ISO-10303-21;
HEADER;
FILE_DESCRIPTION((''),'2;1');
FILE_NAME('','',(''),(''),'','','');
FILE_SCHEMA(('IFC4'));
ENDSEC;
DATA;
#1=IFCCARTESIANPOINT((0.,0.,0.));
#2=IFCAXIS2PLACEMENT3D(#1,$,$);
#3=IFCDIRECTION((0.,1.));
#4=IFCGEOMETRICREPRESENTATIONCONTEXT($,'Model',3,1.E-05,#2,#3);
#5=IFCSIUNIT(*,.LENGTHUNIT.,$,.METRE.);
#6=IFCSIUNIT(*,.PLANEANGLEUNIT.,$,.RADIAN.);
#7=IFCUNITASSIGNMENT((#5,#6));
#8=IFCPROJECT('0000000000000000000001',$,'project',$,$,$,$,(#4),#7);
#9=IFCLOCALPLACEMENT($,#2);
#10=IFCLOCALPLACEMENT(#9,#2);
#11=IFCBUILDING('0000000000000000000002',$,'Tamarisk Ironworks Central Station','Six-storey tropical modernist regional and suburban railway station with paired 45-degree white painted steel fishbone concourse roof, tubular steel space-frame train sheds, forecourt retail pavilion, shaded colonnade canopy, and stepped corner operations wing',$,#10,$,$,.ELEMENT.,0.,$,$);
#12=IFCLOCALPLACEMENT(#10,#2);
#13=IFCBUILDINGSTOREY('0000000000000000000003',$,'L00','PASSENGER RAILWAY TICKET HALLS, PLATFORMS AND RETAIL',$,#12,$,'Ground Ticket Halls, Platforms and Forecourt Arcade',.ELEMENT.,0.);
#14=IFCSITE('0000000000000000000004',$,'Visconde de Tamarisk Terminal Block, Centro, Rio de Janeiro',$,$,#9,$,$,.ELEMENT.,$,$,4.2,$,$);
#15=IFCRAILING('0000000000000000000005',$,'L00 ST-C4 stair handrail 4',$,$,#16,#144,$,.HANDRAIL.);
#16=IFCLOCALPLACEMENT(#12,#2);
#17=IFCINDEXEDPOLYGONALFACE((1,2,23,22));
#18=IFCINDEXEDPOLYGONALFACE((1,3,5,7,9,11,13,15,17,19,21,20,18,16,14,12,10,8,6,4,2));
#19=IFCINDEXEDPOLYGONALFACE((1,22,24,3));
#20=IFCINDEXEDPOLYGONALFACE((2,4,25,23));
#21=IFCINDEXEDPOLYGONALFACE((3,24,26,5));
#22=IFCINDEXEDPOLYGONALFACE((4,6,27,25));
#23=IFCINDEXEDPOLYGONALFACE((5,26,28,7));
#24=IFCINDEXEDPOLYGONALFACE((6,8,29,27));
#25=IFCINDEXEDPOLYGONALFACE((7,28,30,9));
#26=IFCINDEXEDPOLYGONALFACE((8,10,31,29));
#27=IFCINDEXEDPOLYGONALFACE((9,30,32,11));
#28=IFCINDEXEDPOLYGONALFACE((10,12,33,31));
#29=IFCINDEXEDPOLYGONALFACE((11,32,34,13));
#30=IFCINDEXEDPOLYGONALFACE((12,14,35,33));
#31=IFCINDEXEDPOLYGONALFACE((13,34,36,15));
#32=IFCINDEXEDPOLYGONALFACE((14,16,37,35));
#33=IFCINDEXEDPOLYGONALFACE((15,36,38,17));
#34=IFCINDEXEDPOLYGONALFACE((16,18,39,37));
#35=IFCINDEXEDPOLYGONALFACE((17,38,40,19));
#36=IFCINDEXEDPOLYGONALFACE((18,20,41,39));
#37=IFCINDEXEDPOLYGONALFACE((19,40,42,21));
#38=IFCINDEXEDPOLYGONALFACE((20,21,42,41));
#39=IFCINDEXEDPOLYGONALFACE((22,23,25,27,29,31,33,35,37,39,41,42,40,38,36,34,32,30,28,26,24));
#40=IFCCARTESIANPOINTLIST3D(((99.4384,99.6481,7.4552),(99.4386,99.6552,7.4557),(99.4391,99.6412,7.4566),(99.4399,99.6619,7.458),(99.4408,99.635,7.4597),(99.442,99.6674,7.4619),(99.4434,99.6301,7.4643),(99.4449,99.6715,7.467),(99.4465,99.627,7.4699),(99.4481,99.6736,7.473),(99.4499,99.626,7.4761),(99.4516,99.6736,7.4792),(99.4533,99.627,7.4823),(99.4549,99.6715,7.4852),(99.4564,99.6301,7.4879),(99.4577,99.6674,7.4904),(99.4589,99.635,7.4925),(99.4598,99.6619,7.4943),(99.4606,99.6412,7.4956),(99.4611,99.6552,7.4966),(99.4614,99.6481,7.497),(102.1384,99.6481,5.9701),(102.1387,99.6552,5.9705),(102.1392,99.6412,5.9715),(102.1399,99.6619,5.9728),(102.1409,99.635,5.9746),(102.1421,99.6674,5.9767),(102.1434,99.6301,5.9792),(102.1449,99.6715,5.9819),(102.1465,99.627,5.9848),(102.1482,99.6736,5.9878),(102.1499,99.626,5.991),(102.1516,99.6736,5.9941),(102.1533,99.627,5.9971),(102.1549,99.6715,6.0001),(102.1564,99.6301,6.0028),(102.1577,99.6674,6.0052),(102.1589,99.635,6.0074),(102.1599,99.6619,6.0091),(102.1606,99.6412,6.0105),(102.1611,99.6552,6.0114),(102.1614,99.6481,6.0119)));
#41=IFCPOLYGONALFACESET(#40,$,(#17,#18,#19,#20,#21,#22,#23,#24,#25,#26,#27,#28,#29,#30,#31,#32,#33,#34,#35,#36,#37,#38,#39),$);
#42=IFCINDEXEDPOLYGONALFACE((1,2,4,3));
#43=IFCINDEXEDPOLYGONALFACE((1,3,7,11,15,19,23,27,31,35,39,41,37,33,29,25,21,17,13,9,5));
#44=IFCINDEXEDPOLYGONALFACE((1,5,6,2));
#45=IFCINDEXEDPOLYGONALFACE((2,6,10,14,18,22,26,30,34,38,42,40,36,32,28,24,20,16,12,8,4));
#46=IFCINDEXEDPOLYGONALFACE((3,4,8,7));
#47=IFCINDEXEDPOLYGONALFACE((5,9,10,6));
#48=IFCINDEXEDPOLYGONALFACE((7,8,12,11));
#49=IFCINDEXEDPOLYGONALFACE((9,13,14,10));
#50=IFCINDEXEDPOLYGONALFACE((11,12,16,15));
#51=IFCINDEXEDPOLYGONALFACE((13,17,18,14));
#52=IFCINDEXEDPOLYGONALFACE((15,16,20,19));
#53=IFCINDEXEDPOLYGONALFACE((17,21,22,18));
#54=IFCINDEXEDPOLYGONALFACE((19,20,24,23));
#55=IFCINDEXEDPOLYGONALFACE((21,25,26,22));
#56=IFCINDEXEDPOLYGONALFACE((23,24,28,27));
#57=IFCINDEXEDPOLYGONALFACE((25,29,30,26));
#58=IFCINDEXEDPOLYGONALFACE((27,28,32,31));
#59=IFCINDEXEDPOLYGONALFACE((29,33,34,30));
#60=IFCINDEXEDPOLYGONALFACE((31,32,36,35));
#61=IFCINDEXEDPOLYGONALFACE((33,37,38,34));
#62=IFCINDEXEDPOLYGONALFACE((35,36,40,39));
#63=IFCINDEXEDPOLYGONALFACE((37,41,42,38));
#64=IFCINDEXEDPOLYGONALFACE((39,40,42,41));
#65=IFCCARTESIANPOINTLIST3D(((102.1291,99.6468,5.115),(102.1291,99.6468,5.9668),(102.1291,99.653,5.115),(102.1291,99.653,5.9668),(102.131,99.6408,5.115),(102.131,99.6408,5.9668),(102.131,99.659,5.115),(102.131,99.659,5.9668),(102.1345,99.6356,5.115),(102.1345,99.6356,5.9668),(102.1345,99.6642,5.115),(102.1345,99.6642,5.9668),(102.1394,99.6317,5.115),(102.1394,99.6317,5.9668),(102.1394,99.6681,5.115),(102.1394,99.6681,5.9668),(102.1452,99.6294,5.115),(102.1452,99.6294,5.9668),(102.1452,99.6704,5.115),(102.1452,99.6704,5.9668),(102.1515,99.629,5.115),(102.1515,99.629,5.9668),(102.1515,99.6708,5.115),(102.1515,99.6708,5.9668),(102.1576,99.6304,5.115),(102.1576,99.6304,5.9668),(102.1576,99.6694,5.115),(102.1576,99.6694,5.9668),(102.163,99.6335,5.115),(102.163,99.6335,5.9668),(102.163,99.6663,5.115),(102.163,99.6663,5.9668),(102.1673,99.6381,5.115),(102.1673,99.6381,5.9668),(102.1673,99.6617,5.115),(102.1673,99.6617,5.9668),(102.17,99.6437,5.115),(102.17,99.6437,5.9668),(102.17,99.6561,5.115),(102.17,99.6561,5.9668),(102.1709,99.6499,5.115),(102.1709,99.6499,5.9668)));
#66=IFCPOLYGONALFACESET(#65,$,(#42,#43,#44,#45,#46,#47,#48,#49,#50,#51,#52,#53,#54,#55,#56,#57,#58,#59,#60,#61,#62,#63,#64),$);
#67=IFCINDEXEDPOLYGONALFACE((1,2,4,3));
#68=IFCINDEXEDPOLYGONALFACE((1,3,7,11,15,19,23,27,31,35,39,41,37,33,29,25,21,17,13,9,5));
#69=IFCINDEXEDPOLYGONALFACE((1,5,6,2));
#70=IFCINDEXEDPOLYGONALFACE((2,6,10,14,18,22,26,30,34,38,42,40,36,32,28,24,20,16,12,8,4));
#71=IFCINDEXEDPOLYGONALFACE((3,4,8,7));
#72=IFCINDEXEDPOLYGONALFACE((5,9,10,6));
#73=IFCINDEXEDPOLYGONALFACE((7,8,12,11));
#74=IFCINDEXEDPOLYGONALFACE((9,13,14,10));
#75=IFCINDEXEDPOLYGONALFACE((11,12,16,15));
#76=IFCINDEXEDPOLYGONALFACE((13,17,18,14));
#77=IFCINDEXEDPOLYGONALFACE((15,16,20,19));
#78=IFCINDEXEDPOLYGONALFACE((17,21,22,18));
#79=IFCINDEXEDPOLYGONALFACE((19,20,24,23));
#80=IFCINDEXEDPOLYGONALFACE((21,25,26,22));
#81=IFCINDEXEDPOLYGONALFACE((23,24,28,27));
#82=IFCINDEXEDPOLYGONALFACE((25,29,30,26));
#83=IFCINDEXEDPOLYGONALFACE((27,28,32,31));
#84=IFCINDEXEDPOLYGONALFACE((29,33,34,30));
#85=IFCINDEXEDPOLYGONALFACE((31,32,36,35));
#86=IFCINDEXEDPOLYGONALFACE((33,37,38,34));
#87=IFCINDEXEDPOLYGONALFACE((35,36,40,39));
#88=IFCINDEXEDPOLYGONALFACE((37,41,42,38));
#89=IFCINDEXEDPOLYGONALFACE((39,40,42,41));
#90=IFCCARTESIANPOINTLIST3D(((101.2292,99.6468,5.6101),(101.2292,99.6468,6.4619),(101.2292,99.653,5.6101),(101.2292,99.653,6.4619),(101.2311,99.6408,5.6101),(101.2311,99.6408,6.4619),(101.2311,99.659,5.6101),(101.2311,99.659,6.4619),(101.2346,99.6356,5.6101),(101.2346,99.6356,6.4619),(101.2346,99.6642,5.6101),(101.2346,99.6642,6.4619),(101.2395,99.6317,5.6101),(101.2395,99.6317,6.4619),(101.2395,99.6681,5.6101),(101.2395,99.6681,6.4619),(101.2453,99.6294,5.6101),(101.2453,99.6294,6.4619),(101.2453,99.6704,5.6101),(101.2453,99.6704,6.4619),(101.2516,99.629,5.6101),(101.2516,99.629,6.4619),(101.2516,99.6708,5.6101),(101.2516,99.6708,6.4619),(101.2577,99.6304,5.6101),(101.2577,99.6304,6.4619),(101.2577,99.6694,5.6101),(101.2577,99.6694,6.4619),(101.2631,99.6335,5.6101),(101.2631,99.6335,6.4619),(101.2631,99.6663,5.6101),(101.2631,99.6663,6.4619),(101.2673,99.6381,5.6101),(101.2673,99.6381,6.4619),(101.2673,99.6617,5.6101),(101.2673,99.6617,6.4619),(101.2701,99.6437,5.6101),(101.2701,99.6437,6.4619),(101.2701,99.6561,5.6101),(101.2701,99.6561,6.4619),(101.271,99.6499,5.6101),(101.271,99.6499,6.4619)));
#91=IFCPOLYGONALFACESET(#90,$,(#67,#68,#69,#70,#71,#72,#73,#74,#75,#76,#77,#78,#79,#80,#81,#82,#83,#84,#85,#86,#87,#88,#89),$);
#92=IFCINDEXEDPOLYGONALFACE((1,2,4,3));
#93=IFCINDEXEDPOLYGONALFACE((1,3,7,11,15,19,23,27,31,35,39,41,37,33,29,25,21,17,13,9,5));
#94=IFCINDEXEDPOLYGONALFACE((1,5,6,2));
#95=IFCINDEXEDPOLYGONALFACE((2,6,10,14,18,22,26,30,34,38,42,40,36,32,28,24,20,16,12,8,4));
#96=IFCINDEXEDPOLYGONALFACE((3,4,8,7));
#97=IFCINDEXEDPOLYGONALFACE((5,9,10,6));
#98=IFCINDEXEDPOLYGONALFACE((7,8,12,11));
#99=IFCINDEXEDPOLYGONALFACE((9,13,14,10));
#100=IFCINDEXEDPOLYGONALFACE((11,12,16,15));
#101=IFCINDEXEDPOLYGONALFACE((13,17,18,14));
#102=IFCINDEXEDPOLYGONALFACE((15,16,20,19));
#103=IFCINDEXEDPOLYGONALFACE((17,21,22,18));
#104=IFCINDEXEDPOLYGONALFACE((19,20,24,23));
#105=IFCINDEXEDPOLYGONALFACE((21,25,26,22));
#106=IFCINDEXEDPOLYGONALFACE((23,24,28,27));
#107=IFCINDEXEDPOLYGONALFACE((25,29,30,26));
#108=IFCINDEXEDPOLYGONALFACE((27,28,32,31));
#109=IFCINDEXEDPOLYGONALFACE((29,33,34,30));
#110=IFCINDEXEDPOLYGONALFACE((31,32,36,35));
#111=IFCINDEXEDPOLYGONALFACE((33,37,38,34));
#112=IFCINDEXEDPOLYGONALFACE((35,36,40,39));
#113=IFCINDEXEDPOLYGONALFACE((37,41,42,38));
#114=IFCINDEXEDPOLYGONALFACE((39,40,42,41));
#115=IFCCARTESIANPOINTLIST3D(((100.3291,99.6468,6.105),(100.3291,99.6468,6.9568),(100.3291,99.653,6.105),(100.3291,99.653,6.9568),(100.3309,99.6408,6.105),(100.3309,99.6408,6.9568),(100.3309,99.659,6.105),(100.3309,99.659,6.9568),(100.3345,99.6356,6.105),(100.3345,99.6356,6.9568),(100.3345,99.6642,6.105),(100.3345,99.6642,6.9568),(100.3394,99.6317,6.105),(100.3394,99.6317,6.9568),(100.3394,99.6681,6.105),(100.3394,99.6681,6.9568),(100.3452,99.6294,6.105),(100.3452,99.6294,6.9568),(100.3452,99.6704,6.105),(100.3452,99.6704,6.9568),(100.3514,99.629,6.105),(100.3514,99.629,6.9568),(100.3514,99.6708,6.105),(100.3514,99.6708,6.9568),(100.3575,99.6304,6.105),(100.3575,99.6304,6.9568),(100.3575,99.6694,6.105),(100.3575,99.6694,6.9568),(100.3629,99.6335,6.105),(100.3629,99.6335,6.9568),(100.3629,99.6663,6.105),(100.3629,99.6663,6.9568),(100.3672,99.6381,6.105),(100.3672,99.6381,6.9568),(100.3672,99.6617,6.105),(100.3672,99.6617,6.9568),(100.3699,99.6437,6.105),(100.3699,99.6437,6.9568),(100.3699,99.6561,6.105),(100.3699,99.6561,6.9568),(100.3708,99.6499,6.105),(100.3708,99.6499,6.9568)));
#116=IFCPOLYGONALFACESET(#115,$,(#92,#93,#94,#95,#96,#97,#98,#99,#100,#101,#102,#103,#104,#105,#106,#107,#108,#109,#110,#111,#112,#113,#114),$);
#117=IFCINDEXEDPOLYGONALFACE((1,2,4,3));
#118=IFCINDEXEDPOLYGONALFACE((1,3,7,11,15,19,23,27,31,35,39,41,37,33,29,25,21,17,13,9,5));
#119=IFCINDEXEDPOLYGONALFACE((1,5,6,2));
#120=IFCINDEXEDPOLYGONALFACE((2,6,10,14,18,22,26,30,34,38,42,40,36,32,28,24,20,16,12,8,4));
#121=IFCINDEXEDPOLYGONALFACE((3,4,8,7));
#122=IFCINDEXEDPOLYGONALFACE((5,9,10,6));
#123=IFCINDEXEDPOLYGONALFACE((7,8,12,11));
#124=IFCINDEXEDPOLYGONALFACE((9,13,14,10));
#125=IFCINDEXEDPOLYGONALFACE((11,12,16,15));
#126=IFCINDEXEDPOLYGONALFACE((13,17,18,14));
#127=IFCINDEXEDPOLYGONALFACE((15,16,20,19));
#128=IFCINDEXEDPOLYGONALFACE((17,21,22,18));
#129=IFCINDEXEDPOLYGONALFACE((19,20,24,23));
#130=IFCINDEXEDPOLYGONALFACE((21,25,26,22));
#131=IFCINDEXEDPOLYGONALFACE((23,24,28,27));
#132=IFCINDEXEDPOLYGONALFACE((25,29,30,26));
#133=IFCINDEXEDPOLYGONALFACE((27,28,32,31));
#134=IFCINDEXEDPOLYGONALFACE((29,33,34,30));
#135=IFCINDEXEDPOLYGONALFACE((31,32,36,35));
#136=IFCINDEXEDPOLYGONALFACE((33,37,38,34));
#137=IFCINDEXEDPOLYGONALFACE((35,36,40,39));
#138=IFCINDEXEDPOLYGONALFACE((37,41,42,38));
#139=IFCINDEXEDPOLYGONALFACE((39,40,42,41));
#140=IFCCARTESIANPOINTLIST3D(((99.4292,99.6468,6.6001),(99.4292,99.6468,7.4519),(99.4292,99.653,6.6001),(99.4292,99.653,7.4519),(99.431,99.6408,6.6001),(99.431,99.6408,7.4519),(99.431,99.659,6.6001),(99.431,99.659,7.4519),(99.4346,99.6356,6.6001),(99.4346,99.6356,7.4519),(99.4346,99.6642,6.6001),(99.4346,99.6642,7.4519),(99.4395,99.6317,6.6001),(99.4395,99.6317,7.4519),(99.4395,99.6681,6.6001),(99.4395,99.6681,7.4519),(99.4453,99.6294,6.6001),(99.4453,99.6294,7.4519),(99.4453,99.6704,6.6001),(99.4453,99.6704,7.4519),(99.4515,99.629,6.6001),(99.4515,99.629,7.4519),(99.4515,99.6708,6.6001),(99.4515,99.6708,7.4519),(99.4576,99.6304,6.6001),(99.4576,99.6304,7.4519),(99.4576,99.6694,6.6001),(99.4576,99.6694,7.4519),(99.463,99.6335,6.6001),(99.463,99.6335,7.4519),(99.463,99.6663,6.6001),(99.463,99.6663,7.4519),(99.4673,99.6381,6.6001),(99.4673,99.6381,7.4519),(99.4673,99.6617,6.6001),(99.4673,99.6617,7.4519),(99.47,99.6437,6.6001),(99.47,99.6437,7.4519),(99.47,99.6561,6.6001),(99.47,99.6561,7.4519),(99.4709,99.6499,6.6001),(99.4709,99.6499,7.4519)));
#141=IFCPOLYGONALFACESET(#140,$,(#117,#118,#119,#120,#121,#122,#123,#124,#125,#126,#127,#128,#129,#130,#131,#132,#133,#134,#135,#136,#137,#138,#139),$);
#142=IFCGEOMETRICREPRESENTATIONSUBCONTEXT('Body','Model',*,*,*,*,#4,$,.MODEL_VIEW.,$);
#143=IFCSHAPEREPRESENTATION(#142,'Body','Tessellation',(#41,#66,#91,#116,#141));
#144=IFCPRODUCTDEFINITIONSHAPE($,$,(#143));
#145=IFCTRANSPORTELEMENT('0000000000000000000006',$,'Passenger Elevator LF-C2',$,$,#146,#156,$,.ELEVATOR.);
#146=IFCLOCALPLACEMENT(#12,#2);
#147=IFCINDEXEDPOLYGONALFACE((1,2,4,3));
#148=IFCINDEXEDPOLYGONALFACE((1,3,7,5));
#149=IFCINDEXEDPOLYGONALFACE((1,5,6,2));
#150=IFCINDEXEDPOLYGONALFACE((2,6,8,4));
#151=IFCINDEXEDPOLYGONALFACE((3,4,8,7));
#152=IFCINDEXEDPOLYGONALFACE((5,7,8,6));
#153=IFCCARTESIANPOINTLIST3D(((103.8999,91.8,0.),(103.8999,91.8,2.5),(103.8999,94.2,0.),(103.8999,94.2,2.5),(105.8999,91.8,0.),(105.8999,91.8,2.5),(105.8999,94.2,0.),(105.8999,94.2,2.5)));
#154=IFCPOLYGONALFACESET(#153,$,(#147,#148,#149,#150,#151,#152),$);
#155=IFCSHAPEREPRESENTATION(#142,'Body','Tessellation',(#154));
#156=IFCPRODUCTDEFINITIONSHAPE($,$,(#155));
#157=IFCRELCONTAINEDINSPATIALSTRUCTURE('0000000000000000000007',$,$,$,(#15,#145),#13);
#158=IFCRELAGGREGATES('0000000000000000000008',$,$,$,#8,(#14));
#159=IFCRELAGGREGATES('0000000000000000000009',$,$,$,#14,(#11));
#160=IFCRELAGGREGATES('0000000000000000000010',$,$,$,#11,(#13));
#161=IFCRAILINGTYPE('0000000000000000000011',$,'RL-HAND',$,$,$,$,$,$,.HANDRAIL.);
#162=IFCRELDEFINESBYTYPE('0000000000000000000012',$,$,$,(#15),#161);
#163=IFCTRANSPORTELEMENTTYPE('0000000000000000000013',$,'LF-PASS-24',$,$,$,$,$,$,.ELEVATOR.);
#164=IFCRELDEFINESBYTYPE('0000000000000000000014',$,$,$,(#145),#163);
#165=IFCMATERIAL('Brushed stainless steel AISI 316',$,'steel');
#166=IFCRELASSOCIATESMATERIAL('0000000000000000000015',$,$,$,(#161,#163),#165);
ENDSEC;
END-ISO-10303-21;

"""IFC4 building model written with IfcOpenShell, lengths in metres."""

from ifc_helpers import new_model, si_unit, direction, frame, origin, origin_2d, place, context, subcontext, project, spatial, rectangle, circle, extrude, material, type_object, element, save


model = new_model("IFC4")

# Units and contexts
model_context = context("Model", 3, precision=1e-05, world=origin(), true_north=direction((0.0, 1.0)))
body_context = subcontext(model_context, "Body", "Model", "MODEL_VIEW")
ifc_project = project(units=[si_unit("LENGTHUNIT", "METRE"), si_unit("PLANEANGLEUNIT", "RADIAN")], contexts=[model_context])

# Site, building, storey
site_placement = place(None, origin())
site = spatial("IfcSite", under=ifc_project, at=site_placement, Name="Visconde de Tamarisk Terminal Block, Centro, Rio de Janeiro", CompositionType="ELEMENT", RefElevation=4.2)
building_placement = place(site_placement, origin())
building = spatial("IfcBuilding", under=site, at=building_placement, Name="Tamarisk Ironworks Central Station", Description="Six-storey tropical modernist regional and suburban railway station with paired 45-degree white painted steel fishbone concourse roof, tubular steel space-frame train sheds, forecourt retail pavilion, shaded colonnade canopy, and stepped corner operations wing", CompositionType="ELEMENT", ElevationOfRefHeight=0.0)
storey_placement = place(building_placement, origin())
storey = spatial("IfcBuildingStorey", under=building, at=storey_placement, Name="L00", Description="PASSENGER RAILWAY TICKET HALLS, PLATFORMS AND RETAIL", LongName="Ground Ticket Halls, Platforms and Forecourt Arcade", CompositionType="ELEMENT", Elevation=0.0)

# Shared definitions
ifc_material_1 = material(Name="Brushed stainless steel AISI 316", Category="steel")

# Railing
railing_type_1 = type_object("IfcRailingType", Name="RL-HAND", PredefinedType="HANDRAIL", material=ifc_material_1)
for number, where, name in (
    (1, (102.1499, 99.6499, 5.115), "L00 ST-C4 stair handrail 4"),
):
    element("IfcRailing", number, at=place(storey_placement, frame(where)), inside=storey, type_object=railing_type_1, Name=name, PredefinedType="HANDRAIL", context=body_context, shape_type="SweptSolid", body=[
        extrude(circle(Radius=0.0239, at=origin_2d()), frame((0.0, 0.0, 0.876), z_axis=(-0.876198, 0.0, 0.481952), x_axis=(0.0, -1.0, 0.0)), (0.0, 0.0, 1.0), 3.0815),
        extrude(circle(Radius=0.021, at=origin_2d()), origin(), (0.0, 0.0, 1.0), 0.8518),
        extrude(circle(Radius=0.021, at=origin_2d()), frame((-0.8999, 0.0, 0.4951)), (0.0, 0.0, 1.0), 0.8518),
        extrude(circle(Radius=0.021, at=origin_2d()), frame((-1.8, 0.0, 0.99)), (0.0, 0.0, 1.0), 0.8518),
        extrude(circle(Radius=0.021, at=origin_2d()), frame((-2.7, 0.0, 1.4851)), (0.0, 0.0, 1.0), 0.8518),
    ])

# Transport element
transport_element_type = type_object("IfcTransportElementType", Name="LF-PASS-24", PredefinedType="ELEVATOR", material=ifc_material_1)
transport_element_placement = place(storey_placement, frame((104.8999, 93.0, 0.0), z_axis=(0.0, 0.0, 1.0), x_axis=(1.0, 0.0, 0.0)))
element("IfcTransportElement", 2, at=transport_element_placement, inside=storey, type_object=transport_element_type, Name="Passenger Elevator LF-C2", PredefinedType="ELEVATOR", context=body_context, shape_type="SweptSolid", body=[
    extrude(rectangle(XDim=2.0, YDim=2.3999, at=origin_2d()), origin(), (0.0, 0.0, 1.0), 2.5),
])

save(model, "model.ifc")
